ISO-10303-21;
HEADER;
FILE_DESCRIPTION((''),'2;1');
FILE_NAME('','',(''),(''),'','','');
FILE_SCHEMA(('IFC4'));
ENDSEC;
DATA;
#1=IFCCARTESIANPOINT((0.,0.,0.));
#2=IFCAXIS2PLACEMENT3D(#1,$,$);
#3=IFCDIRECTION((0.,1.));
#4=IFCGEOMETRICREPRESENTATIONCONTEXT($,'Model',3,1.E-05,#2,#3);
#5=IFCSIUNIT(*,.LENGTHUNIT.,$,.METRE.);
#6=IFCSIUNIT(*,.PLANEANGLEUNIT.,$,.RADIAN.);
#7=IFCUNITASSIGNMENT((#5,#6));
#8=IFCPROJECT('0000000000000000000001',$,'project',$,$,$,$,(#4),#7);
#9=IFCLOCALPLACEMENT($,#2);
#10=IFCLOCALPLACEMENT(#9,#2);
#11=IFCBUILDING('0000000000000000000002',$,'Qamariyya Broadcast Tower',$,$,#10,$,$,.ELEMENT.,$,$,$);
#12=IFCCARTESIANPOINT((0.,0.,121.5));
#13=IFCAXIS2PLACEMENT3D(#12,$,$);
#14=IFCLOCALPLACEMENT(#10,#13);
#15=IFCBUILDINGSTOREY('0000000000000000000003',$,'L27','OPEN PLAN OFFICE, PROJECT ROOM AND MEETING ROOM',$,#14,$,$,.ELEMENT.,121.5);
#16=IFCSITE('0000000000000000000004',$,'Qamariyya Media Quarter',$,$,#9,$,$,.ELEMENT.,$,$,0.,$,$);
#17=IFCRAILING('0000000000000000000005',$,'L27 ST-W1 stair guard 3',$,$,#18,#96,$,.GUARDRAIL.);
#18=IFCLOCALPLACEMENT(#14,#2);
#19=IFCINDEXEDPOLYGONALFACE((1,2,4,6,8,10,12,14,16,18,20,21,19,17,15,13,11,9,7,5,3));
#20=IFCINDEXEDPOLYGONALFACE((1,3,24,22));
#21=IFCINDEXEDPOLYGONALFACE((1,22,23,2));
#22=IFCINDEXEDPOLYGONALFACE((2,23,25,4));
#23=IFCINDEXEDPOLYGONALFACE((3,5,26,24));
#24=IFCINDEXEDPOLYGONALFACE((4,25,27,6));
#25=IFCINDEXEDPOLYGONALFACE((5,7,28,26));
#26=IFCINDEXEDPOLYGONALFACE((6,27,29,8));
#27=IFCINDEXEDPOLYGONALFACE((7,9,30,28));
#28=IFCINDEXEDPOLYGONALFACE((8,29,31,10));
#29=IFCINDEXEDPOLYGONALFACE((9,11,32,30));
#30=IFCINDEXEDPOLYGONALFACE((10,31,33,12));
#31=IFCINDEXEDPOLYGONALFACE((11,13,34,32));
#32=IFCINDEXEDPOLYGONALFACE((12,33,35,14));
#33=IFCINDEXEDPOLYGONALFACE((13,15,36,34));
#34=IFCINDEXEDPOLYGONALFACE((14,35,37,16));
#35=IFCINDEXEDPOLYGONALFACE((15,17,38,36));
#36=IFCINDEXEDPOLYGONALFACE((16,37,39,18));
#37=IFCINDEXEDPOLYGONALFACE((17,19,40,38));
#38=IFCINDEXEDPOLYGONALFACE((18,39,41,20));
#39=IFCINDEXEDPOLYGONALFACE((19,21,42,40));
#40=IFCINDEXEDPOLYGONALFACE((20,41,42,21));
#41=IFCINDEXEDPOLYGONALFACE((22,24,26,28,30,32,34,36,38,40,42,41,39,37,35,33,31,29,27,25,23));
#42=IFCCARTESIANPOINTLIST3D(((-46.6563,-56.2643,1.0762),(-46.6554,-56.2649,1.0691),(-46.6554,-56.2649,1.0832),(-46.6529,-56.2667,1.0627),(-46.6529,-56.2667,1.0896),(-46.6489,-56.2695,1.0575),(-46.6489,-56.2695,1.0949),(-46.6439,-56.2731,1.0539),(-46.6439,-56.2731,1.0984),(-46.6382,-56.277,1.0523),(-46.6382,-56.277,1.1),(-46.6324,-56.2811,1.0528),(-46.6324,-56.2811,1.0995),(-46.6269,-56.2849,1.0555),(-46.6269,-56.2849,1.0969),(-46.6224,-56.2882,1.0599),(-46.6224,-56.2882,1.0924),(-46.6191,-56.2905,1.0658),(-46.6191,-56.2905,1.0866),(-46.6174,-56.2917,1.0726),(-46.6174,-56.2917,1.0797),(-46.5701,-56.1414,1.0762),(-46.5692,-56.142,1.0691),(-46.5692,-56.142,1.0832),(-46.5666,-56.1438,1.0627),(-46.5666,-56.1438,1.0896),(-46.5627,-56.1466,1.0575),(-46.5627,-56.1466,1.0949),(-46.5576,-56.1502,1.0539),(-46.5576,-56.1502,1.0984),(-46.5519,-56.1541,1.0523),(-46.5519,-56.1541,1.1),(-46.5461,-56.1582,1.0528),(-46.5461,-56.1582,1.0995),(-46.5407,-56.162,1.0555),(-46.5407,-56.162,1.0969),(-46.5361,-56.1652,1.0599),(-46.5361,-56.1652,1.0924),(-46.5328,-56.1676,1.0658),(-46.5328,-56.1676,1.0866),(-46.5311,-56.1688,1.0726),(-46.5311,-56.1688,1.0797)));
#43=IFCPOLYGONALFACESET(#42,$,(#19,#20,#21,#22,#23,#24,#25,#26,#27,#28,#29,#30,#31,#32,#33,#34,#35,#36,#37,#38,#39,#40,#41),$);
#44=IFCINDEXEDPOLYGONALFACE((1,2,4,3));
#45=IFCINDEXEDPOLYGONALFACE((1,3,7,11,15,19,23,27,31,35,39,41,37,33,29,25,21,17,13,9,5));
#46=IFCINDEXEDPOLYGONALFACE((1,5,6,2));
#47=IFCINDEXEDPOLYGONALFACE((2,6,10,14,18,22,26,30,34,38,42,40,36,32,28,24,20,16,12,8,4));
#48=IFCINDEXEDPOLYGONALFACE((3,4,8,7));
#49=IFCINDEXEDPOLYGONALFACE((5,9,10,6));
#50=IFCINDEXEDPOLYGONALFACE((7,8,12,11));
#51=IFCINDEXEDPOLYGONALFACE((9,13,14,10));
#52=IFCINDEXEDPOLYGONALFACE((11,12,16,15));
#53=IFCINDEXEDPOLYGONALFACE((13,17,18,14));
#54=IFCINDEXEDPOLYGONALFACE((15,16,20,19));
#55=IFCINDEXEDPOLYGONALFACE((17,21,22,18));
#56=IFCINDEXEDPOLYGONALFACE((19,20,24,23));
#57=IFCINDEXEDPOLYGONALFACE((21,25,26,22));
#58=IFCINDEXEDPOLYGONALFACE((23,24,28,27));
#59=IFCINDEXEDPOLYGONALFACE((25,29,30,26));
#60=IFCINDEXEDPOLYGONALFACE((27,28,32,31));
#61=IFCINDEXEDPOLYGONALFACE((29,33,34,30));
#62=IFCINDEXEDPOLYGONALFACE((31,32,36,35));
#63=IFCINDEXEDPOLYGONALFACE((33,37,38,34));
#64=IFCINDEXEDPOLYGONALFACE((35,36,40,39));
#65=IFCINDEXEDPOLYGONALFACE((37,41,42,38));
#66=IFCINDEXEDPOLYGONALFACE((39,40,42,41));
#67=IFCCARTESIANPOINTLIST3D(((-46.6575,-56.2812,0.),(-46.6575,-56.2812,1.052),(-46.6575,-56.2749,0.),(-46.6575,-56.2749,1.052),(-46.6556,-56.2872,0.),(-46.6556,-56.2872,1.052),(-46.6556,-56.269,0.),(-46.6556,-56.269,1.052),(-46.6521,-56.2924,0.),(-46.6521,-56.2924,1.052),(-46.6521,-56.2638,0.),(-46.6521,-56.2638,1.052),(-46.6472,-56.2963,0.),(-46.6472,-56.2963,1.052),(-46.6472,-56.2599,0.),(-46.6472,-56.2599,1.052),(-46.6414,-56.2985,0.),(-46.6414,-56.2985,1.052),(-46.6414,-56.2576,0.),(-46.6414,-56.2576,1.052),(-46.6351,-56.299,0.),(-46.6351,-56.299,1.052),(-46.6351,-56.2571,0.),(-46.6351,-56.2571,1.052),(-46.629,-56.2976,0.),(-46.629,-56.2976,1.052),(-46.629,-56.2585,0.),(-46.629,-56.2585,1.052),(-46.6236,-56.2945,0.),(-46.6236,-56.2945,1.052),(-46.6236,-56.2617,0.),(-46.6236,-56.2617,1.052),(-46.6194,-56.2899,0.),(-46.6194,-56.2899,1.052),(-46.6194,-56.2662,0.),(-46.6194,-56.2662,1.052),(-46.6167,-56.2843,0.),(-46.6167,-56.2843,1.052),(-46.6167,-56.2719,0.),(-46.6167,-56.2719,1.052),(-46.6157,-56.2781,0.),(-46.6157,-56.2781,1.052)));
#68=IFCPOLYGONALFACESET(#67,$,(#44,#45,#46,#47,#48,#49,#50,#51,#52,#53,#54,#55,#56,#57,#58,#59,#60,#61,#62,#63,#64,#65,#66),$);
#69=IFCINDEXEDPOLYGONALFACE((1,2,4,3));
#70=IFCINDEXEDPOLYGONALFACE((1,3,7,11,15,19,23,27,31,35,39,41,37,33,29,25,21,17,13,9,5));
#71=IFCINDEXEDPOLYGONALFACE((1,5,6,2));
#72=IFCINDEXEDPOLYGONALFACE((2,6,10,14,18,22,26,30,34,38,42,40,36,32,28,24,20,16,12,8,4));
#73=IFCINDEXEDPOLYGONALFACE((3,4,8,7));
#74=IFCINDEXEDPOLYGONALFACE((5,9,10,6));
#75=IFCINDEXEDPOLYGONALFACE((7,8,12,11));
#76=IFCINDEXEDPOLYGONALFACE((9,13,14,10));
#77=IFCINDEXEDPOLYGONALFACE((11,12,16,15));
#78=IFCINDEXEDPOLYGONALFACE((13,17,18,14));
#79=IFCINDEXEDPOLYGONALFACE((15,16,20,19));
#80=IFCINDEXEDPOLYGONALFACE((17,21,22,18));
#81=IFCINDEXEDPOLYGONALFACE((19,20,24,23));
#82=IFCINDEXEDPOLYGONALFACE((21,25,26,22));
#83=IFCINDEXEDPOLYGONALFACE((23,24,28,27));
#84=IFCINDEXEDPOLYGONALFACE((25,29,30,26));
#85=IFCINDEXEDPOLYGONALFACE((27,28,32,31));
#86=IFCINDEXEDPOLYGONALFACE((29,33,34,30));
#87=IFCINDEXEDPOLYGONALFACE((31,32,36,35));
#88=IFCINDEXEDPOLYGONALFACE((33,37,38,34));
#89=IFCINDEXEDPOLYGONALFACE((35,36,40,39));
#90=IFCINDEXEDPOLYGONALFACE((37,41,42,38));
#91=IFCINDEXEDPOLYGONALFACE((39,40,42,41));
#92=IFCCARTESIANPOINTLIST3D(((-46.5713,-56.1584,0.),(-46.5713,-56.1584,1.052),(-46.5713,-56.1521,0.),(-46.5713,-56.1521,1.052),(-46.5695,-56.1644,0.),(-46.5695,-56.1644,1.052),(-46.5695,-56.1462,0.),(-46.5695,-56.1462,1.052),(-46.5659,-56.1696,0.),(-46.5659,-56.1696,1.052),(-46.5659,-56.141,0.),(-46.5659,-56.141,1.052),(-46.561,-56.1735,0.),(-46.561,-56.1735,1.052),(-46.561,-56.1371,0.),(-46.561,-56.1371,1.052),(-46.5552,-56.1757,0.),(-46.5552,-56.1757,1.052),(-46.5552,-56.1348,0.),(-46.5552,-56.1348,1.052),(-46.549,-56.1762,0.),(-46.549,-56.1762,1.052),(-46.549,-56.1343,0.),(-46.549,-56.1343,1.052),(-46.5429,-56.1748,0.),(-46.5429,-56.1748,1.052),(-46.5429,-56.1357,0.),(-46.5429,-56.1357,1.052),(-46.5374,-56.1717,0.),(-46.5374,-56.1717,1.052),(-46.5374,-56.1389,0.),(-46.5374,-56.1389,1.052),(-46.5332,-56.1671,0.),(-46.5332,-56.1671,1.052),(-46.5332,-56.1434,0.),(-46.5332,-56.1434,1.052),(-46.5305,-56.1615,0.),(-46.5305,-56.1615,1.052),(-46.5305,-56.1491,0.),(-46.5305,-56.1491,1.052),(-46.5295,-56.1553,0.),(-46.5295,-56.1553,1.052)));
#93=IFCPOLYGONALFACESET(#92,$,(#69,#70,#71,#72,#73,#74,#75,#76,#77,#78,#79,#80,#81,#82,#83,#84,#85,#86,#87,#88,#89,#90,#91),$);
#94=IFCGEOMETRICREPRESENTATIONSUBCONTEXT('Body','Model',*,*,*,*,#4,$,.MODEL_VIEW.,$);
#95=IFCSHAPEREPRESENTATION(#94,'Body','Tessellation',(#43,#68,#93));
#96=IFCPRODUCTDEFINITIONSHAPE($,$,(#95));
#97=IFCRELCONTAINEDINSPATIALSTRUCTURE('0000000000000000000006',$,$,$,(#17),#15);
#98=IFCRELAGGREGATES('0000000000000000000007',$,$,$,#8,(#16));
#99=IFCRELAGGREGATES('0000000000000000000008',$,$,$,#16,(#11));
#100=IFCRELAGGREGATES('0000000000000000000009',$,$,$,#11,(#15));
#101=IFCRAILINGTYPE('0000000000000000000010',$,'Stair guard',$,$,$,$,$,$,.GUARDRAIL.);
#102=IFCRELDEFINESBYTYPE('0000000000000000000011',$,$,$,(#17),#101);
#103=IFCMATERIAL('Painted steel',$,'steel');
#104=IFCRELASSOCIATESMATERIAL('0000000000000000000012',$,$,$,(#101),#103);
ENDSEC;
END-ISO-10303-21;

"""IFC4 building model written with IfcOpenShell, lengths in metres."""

from ifc_helpers import new_model, si_unit, direction, frame, origin, origin_2d, place, context, subcontext, project, spatial, circle, extrude, material, type_object, element, save


model = new_model("IFC4")

# Units and contexts
model_context = context("Model", 3, precision=1e-05, world=origin(), true_north=direction((0.0, 1.0)))
body_context = subcontext(model_context, "Body", "Model", "MODEL_VIEW")
ifc_project = project(units=[si_unit("LENGTHUNIT", "METRE"), si_unit("PLANEANGLEUNIT", "RADIAN")], contexts=[model_context])

# Site, building, storey
site_placement = place(None, origin())
site = spatial("IfcSite", under=ifc_project, at=site_placement, Name="Qamariyya Media Quarter", CompositionType="ELEMENT", RefElevation=0.0)
building_placement = place(site_placement, origin())
building = spatial("IfcBuilding", under=site, at=building_placement, Name="Qamariyya Broadcast Tower", CompositionType="ELEMENT")
storey_placement = place(building_placement, frame((0.0, 0.0, 121.5)))
storey = spatial("IfcBuildingStorey", under=building, at=storey_placement, Name="L27", Description="OPEN PLAN OFFICE, PROJECT ROOM AND MEETING ROOM", CompositionType="ELEMENT", Elevation=121.5)

# Railing
ifc_material_1 = material(Name="Painted steel", Category="steel")
railing_type_1 = type_object("IfcRailingType", Name="Stair guard", PredefinedType="GUARDRAIL", material=ifc_material_1)
railing_1_placement = place(storey_placement, frame((-46.6367, -56.2781, 0.0)))
element("IfcRailing", 1, at=railing_1_placement, inside=storey, type_object=railing_type_1, Name="L27 ST-W1 stair guard 3", PredefinedType="GUARDRAIL", context=body_context, shape_type="SweptSolid", body=[
    extrude(circle(Radius=0.0239, at=origin_2d()), frame((0.0, 0.0, 1.0762), z_axis=(0.574445, 0.818543, 0.0), x_axis=(-0.818543, 0.574445, 0.0)), (0.0, 0.0, 1.0), 0.1501),
    extrude(circle(Radius=0.021, at=origin_2d()), origin(), (0.0, 0.0, 1.0), 1.052),
    extrude(circle(Radius=0.021, at=origin_2d()), frame((0.0862, 0.1228, 0.0)), (0.0, 0.0, 1.0), 1.052),
])

save(model, "model.ifc")
